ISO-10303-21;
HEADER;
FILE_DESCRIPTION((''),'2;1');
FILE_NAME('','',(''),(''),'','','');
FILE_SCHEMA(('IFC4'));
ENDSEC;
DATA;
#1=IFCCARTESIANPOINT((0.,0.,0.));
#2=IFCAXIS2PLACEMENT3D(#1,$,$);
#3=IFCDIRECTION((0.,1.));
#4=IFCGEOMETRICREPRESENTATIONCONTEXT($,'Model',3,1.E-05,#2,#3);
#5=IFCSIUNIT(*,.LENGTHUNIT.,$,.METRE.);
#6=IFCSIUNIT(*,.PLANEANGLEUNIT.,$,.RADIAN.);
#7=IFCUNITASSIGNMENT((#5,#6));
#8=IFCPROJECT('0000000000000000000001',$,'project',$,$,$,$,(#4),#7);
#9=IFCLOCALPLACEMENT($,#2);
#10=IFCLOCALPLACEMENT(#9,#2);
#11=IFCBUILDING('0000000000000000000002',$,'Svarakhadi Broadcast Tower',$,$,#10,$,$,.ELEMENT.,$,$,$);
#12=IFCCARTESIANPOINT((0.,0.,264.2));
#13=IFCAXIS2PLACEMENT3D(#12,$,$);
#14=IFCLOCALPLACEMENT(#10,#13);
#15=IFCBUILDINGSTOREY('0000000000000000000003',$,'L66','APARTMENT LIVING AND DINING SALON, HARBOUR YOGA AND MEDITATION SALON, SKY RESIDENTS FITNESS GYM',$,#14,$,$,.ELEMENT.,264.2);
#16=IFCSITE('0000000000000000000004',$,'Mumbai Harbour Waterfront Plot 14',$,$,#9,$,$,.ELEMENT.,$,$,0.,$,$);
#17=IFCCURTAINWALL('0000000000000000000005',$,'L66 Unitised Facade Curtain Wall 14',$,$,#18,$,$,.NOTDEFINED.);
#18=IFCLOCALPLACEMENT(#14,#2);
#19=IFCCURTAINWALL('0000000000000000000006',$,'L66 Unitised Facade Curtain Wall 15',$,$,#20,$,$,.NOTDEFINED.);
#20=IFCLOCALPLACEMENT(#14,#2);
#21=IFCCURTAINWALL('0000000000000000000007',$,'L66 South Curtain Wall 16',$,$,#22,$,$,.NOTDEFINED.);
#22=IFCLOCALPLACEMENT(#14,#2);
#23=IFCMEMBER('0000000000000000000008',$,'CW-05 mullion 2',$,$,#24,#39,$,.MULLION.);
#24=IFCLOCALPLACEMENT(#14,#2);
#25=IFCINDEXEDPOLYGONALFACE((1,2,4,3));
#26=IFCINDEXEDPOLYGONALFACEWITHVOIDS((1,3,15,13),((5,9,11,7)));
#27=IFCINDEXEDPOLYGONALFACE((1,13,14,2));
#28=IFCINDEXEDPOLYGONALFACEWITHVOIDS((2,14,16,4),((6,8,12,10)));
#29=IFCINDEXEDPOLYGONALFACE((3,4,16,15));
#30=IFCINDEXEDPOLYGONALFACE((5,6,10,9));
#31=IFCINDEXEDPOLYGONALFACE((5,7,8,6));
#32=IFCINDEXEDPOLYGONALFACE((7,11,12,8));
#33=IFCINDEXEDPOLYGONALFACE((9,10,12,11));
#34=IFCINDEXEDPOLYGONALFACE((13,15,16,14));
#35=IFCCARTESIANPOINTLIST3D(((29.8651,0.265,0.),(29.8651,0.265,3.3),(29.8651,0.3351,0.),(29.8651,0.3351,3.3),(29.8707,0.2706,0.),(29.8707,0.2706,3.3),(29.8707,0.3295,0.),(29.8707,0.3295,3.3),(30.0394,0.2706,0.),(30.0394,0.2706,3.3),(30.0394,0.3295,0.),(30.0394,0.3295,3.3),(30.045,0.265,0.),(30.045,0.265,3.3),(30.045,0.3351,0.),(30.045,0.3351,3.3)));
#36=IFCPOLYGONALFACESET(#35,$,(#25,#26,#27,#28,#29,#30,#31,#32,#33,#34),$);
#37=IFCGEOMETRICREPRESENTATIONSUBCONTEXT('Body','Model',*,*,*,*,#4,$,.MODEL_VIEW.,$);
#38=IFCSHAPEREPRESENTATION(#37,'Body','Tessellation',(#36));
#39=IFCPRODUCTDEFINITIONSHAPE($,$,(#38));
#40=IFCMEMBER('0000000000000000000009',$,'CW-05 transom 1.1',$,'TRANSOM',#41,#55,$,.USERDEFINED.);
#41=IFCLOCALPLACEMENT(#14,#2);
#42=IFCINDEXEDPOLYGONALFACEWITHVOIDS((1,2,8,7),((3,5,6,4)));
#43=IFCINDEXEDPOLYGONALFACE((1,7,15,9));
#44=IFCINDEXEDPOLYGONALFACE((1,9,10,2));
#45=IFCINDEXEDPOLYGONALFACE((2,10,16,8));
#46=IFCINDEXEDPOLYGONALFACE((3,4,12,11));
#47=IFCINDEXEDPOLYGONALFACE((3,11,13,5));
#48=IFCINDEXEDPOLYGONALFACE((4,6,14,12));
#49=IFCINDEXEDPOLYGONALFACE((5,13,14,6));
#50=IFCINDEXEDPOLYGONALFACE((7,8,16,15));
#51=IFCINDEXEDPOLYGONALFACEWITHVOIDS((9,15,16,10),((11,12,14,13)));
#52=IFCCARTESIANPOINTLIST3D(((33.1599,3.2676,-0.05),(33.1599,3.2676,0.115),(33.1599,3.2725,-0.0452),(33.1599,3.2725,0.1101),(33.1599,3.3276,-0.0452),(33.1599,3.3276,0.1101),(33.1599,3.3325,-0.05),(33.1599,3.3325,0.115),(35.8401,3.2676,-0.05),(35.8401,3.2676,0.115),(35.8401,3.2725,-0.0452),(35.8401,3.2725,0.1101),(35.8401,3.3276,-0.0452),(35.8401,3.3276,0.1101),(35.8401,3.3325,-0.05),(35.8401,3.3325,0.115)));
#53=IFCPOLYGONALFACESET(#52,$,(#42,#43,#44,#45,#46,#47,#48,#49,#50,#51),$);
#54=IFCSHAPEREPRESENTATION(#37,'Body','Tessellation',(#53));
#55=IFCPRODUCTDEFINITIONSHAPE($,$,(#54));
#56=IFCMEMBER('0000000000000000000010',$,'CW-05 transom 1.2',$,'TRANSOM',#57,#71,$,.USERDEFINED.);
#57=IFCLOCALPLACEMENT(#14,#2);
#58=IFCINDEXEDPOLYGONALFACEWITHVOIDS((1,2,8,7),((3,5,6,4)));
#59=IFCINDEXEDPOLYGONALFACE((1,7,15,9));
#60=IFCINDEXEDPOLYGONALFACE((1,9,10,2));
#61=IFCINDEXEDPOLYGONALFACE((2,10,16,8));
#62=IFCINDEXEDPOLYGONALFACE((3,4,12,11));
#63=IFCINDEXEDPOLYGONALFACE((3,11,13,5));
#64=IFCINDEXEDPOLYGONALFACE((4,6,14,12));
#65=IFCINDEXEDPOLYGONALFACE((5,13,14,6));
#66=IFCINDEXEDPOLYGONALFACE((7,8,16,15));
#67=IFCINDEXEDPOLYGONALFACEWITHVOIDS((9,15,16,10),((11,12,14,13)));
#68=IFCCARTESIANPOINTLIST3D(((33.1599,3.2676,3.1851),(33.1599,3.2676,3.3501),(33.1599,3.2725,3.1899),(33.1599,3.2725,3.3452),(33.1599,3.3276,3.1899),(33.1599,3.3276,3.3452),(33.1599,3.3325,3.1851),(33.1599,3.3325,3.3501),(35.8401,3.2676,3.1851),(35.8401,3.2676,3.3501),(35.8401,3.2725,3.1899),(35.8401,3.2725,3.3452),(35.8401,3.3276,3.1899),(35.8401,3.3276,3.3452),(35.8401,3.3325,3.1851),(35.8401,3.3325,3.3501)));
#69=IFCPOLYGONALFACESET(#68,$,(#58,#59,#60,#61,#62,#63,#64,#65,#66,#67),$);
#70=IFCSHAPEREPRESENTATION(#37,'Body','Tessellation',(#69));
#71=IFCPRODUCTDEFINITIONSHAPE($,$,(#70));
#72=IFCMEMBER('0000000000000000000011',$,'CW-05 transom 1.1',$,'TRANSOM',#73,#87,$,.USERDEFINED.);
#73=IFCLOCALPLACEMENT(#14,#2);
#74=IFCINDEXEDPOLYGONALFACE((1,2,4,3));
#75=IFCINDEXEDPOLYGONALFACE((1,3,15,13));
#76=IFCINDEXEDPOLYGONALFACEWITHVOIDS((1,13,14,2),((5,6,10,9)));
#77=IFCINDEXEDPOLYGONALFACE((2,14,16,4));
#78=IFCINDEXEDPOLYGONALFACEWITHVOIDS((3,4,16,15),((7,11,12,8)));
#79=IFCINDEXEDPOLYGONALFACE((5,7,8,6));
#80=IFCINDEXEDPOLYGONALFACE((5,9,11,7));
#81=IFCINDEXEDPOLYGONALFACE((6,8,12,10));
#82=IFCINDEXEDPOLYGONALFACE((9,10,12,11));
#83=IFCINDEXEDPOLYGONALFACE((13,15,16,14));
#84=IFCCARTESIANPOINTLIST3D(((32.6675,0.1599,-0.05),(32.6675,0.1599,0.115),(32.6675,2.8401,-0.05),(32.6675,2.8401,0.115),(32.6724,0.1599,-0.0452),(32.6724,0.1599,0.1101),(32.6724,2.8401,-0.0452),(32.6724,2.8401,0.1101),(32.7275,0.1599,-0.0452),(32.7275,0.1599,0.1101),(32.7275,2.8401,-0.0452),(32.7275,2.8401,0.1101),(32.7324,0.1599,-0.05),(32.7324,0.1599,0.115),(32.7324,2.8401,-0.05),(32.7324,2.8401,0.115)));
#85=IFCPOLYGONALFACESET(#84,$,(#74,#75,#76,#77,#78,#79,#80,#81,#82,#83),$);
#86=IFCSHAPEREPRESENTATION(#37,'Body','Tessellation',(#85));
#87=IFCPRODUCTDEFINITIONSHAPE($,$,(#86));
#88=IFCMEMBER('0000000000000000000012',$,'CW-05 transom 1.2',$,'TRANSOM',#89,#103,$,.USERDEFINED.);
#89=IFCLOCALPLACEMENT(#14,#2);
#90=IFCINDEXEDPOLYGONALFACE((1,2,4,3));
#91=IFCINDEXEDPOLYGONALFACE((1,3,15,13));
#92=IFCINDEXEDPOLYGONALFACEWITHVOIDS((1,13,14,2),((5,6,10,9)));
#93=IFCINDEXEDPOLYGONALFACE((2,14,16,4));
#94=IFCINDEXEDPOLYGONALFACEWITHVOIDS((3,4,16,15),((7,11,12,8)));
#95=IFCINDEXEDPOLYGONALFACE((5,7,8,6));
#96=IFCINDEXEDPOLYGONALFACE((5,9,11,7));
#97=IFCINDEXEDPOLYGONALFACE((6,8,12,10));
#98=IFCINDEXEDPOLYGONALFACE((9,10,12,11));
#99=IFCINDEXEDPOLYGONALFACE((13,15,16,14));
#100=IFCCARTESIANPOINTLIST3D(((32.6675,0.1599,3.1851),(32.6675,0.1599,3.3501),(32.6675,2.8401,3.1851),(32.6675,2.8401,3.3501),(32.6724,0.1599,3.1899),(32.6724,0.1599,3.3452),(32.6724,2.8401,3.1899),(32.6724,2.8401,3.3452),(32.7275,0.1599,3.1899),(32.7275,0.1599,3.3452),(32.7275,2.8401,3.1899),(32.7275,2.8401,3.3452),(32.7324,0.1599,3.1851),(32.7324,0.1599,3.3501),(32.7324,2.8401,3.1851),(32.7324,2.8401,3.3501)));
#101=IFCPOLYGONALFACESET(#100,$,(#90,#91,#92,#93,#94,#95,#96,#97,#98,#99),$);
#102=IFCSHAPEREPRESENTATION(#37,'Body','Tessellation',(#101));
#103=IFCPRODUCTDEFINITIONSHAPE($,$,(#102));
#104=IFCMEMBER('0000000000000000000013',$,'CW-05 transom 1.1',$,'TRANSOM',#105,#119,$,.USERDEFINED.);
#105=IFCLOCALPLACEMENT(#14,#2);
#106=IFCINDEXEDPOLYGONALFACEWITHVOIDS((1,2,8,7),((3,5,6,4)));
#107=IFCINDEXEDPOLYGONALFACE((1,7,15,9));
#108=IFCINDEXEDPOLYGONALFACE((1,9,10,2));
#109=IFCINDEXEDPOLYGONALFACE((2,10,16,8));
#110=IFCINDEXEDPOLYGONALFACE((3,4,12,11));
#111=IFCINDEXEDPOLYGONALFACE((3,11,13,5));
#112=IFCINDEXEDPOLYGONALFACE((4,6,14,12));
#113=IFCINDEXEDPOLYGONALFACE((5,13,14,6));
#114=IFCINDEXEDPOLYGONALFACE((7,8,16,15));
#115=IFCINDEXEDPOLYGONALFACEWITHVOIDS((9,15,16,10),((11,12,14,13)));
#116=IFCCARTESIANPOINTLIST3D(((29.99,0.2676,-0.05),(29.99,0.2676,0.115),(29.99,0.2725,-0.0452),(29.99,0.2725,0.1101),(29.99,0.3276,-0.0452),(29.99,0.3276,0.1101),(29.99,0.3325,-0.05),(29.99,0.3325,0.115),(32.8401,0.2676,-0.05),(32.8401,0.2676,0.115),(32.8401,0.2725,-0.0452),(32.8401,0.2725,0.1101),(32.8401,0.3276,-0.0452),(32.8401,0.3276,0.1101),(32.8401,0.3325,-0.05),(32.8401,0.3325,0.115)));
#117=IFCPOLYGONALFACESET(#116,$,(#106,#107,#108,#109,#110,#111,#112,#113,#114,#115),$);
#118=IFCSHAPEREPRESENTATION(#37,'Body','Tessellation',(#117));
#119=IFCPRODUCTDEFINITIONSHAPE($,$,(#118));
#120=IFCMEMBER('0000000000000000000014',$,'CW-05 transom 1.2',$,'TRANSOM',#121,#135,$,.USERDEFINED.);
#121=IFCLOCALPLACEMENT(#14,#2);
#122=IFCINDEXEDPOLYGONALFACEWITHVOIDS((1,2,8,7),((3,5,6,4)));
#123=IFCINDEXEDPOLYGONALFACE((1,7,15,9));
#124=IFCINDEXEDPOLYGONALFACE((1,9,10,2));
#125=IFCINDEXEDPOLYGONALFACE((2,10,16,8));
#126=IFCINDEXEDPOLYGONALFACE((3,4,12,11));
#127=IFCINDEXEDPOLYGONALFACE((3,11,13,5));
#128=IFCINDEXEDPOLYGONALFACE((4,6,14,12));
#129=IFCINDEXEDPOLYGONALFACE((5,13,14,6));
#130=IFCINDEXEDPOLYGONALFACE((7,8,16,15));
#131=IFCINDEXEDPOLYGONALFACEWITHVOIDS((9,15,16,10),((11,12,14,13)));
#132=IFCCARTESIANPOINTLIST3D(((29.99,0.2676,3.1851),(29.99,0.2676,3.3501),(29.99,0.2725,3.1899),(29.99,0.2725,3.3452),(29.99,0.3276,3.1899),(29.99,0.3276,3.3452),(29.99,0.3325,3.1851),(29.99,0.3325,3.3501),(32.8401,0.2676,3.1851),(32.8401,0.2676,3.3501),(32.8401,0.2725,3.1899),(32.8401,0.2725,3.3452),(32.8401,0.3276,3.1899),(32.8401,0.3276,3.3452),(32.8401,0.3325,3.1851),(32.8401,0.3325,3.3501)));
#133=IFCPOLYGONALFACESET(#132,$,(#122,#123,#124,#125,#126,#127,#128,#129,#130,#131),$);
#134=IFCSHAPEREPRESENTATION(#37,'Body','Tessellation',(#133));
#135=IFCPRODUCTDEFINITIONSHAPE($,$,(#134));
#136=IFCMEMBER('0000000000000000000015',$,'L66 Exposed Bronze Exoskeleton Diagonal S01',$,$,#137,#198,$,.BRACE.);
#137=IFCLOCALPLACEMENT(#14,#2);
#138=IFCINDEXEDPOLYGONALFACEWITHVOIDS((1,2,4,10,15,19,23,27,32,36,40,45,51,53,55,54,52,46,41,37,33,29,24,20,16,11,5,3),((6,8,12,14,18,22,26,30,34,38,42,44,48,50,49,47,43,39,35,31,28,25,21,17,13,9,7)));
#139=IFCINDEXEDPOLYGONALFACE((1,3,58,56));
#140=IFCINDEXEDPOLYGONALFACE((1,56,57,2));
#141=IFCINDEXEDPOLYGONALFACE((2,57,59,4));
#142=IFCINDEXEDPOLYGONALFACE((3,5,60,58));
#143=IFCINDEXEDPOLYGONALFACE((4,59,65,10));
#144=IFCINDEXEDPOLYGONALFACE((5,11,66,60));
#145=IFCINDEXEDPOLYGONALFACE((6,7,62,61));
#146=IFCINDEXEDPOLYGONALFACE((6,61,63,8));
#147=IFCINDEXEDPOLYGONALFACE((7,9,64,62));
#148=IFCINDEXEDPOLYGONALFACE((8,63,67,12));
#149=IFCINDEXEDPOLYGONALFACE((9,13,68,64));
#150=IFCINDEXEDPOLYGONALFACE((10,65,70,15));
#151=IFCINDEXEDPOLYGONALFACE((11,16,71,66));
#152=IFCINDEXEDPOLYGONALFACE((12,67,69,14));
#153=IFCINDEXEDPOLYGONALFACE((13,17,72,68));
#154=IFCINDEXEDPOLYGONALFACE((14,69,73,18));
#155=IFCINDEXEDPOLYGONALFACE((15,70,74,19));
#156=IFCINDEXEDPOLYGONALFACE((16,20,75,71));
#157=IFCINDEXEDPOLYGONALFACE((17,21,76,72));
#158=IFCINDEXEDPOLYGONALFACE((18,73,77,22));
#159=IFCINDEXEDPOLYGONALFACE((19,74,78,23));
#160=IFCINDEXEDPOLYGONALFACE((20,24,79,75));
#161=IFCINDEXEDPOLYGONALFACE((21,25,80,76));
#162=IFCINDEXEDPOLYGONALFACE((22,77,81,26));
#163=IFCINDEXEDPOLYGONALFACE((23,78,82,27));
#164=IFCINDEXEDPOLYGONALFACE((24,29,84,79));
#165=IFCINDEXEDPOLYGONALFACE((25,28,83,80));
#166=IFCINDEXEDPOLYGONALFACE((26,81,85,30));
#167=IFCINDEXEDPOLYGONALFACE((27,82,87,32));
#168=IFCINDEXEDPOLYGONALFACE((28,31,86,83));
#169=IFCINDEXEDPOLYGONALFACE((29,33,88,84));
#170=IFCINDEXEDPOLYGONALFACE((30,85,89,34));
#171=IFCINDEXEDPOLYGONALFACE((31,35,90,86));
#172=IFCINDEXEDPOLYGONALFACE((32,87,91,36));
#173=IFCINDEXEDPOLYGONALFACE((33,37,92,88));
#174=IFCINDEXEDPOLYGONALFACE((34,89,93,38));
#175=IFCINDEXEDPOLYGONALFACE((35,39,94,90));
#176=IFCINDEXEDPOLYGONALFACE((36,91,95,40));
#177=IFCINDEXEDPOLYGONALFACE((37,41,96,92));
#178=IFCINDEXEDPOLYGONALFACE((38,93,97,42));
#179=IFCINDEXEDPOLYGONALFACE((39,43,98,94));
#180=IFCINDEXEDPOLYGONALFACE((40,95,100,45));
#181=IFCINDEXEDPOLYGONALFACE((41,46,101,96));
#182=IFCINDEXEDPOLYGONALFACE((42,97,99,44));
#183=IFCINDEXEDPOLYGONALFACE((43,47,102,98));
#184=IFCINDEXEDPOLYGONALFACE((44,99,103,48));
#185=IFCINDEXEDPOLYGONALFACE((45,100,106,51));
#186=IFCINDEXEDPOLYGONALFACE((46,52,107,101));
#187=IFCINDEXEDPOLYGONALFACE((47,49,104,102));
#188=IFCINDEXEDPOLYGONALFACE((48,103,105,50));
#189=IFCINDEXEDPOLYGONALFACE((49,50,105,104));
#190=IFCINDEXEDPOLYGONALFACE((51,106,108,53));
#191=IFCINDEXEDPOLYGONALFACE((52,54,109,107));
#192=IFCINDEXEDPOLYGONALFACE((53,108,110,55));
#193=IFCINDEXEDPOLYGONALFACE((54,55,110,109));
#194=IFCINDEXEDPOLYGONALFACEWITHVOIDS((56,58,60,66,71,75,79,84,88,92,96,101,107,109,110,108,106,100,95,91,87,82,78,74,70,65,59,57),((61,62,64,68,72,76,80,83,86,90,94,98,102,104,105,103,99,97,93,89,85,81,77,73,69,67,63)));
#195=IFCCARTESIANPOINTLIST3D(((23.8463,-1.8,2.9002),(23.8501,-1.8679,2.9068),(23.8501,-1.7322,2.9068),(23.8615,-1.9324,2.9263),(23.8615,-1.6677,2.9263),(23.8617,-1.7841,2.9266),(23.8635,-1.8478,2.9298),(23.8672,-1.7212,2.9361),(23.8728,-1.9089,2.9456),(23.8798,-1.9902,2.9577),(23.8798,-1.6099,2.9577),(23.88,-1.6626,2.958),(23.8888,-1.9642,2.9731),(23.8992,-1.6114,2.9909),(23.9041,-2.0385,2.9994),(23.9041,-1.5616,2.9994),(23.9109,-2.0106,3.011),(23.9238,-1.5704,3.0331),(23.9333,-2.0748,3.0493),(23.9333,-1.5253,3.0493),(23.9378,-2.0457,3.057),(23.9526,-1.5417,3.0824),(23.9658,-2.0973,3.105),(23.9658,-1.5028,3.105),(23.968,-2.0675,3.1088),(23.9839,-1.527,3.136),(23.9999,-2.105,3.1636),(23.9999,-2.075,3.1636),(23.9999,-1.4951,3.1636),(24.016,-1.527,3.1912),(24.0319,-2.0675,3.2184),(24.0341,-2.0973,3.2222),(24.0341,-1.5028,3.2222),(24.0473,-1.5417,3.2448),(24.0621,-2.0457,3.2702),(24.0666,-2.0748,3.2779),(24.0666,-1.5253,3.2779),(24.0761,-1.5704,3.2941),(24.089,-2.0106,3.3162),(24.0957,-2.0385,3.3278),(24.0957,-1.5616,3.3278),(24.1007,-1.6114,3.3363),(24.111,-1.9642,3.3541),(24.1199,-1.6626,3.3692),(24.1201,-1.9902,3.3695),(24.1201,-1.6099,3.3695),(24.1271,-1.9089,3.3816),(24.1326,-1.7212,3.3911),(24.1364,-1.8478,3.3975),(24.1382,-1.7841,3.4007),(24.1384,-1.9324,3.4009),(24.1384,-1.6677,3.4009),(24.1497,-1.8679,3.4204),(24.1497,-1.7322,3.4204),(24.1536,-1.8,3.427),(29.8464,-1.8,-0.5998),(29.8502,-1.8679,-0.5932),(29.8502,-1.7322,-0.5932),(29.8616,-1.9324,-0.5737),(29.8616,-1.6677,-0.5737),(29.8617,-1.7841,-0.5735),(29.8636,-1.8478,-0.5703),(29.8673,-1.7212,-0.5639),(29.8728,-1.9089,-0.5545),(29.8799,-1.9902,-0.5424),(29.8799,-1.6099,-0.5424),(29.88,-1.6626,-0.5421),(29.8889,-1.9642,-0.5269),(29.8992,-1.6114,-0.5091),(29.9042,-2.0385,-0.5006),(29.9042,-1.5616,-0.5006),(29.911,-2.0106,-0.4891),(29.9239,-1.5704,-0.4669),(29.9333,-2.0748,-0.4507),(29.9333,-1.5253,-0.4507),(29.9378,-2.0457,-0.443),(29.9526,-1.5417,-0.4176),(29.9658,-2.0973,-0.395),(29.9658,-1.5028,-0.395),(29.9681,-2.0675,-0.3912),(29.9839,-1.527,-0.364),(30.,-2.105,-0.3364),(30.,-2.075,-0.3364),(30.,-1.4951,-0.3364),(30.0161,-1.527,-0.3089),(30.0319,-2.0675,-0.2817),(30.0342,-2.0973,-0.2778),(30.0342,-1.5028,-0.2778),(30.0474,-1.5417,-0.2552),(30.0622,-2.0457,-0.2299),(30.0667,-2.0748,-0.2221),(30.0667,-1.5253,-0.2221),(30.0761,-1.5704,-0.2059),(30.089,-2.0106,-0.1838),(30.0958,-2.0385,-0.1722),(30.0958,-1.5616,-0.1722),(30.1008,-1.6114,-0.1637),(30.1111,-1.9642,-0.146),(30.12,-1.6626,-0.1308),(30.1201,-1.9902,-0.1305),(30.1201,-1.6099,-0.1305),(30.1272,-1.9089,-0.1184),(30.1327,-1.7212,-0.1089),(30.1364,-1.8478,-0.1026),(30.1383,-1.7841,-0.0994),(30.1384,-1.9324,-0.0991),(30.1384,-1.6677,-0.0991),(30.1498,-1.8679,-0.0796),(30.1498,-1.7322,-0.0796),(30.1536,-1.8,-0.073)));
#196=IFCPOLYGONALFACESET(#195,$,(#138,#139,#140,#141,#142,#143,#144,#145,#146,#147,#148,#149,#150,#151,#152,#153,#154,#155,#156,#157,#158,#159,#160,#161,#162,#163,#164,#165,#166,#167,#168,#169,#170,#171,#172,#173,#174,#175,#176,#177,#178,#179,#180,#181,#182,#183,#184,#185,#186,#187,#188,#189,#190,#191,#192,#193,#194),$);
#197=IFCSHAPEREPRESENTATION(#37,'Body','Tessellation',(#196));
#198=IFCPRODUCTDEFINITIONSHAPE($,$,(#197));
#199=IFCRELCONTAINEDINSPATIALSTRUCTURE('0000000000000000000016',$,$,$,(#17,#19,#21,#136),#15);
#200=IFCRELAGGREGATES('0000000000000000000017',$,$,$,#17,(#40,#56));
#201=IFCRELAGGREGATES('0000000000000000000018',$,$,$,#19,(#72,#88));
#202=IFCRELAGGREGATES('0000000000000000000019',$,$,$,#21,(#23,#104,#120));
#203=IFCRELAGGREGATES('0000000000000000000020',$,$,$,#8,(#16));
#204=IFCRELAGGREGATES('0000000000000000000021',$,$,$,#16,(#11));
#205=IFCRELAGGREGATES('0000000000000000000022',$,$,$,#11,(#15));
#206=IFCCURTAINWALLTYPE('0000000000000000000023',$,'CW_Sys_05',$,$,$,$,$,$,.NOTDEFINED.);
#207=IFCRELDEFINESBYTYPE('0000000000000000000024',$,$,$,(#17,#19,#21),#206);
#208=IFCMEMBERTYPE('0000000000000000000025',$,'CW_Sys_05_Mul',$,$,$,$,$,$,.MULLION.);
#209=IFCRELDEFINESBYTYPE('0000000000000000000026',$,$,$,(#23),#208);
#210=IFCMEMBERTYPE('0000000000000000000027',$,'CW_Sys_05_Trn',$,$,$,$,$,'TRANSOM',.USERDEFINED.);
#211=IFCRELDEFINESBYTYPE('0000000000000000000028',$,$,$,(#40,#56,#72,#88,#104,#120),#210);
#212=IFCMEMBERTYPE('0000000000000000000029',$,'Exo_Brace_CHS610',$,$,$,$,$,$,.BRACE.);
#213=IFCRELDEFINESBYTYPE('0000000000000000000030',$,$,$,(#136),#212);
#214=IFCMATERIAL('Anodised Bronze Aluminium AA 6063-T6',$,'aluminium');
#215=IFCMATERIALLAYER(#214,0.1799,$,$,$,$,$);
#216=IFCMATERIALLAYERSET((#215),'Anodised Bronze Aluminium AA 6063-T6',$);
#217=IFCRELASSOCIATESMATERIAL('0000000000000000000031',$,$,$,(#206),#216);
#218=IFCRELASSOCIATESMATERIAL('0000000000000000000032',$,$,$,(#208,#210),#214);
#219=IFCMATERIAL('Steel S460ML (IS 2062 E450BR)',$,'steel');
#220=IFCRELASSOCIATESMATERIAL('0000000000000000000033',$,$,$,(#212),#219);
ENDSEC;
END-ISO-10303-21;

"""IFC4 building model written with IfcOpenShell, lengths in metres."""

from ifc_helpers import new_model, si_unit, direction, frame, origin, origin_2d, place, context, subcontext, project, spatial, hollow_rectangle, hollow_circle, extrude, material, layer, layer_set, material_profile, profile_set, type_object, element, aggregate, save


model = new_model("IFC4")

# Units and contexts
model_context = context("Model", 3, precision=1e-05, world=origin(), true_north=direction((0.0, 1.0)))
body_context = subcontext(model_context, "Body", "Model", "MODEL_VIEW")
ifc_project = project(units=[si_unit("LENGTHUNIT", "METRE"), si_unit("PLANEANGLEUNIT", "RADIAN")], contexts=[model_context])

# Site, building, storey
site_placement = place(None, origin())
site = spatial("IfcSite", under=ifc_project, at=site_placement, Name="Mumbai Harbour Waterfront Plot 14", CompositionType="ELEMENT", RefElevation=0.0)
building_placement = place(site_placement, origin())
building = spatial("IfcBuilding", under=site, at=building_placement, Name="Svarakhadi Broadcast Tower", CompositionType="ELEMENT")
storey_placement = place(building_placement, frame((0.0, 0.0, 264.2)))
storey = spatial("IfcBuildingStorey", under=building, at=storey_placement, Name="L66", Description="APARTMENT LIVING AND DINING SALON, HARBOUR YOGA AND MEDITATION SALON, SKY RESIDENTS FITNESS GYM", CompositionType="ELEMENT", Elevation=264.2)

# Shared definitions
ifc_material_1 = material(Name="Steel S460ML (IS 2062 E450BR)", Category="steel")

# Shared definitions
ifc_material_2 = material(Name="Anodised Bronze Aluminium AA 6063-T6", Category="aluminium")
ifc_layer_1 = layer(ifc_material_2, 0.1799)
ifc_layer_set_1 = layer_set([ifc_layer_1], Name="Anodised Bronze Aluminium AA 6063-T6")
curtain_wall_type = type_object("IfcCurtainWallType", Name="CW_Sys_05", PredefinedType="NOTDEFINED", material=ifc_layer_set_1)
ifc_material_profile_1 = material_profile(ifc_material_2, hollow_rectangle(XDim=0.0701, YDim=0.1799, WallThickness=0.0056, at=origin_2d()), Name="ALU MULLION 180x70x6")
ifc_profile_set_1 = profile_set([ifc_material_profile_1], Name="Anodised Bronze Aluminium AA 6063-T6")
member_type_1 = type_object("IfcMemberType", Name="CW_Sys_05_Mul", PredefinedType="MULLION", material=ifc_profile_set_1)

# Curtain walls, member
curtain_wall_1_placement = place(storey_placement, origin())
curtain_wall_1 = element("IfcCurtainWall", 1, at=curtain_wall_1_placement, inside=storey, type_object=curtain_wall_type, Name="L66 Unitised Facade Curtain Wall 14", PredefinedType="NOTDEFINED")
curtain_wall_2_placement = place(storey_placement, origin())
curtain_wall_2 = element("IfcCurtainWall", 2, at=curtain_wall_2_placement, inside=storey, type_object=curtain_wall_type, Name="L66 Unitised Facade Curtain Wall 15", PredefinedType="NOTDEFINED")
curtain_wall_3_placement = place(storey_placement, origin())
curtain_wall_3 = element("IfcCurtainWall", 3, at=curtain_wall_3_placement, inside=storey, type_object=curtain_wall_type, Name="L66 South Curtain Wall 16", PredefinedType="NOTDEFINED")
member_1_placement = place(storey_placement, frame((29.9551, 0.3, 0.0), z_axis=(0.0, 0.0, 1.0), x_axis=(0.0, -1.0, 0.0)))
member_1 = element("IfcMember", 4, at=member_1_placement, type_object=member_type_1, Name="CW-05 mullion 2", PredefinedType="MULLION", context=body_context, shape_type="SweptSolid", body=[
    extrude(hollow_rectangle(XDim=0.0701, YDim=0.1799, WallThickness=0.0056, at=origin_2d()), origin(), (0.0, 0.0, 1.0), 3.3),
])

# Members
ifc_material_profile_2 = material_profile(ifc_material_2, hollow_rectangle(XDim=0.0649, YDim=0.165, WallThickness=0.0049, at=origin_2d()), Name="ALU TRANSOM 165x65x5")
ifc_profile_set_2 = profile_set([ifc_material_profile_2], Name="Anodised Bronze Aluminium AA 6063-T6")
member_type_2 = type_object("IfcMemberType", Name="CW_Sys_05_Trn", ElementType="TRANSOM", PredefinedType="USERDEFINED", material=ifc_profile_set_2)
member_2_placement = place(storey_placement, frame((35.8401, 3.3, 0.0325), z_axis=(-1.0, 0.0, 0.0), x_axis=(0.0, -1.0, 0.0)))
member_2 = element("IfcMember", 5, at=member_2_placement, type_object=member_type_2, Name="CW-05 transom 1.1", ObjectType="TRANSOM", PredefinedType="USERDEFINED", context=body_context, shape_type="SweptSolid", body=[
    extrude(hollow_rectangle(XDim=0.0649, YDim=0.165, WallThickness=0.0049, at=origin_2d()), origin(), (0.0, 0.0, 1.0), 2.6802),
])
member_3_placement = place(storey_placement, frame((35.8401, 3.3, 3.2676), z_axis=(-1.0, 0.0, 0.0), x_axis=(0.0, -1.0, 0.0)))
member_3 = element("IfcMember", 6, at=member_3_placement, type_object=member_type_2, Name="CW-05 transom 1.2", ObjectType="TRANSOM", PredefinedType="USERDEFINED", context=body_context, shape_type="SweptSolid", body=[
    extrude(hollow_rectangle(XDim=0.0649, YDim=0.165, WallThickness=0.0049, at=origin_2d()), origin(), (0.0, 0.0, 1.0), 2.6802),
])
member_4_placement = place(storey_placement, frame((32.7, 2.8401, 0.0325), z_axis=(0.0, -1.0, 0.0), x_axis=(1.0, 0.0, 0.0)))
member_4 = element("IfcMember", 7, at=member_4_placement, type_object=member_type_2, Name="CW-05 transom 1.1", ObjectType="TRANSOM", PredefinedType="USERDEFINED", context=body_context, shape_type="SweptSolid", body=[
    extrude(hollow_rectangle(XDim=0.0649, YDim=0.165, WallThickness=0.0049, at=origin_2d()), origin(), (0.0, 0.0, 1.0), 2.6802),
])
member_5_placement = place(storey_placement, frame((32.7, 2.8401, 3.2676), z_axis=(0.0, -1.0, 0.0), x_axis=(1.0, 0.0, 0.0)))
member_5 = element("IfcMember", 8, at=member_5_placement, type_object=member_type_2, Name="CW-05 transom 1.2", ObjectType="TRANSOM", PredefinedType="USERDEFINED", context=body_context, shape_type="SweptSolid", body=[
    extrude(hollow_rectangle(XDim=0.0649, YDim=0.165, WallThickness=0.0049, at=origin_2d()), origin(), (0.0, 0.0, 1.0), 2.6802),
])
member_6_placement = place(storey_placement, frame((32.8401, 0.3, 0.0325), z_axis=(-1.0, 0.0, 0.0), x_axis=(0.0, -1.0, 0.0)))
member_6 = element("IfcMember", 9, at=member_6_placement, type_object=member_type_2, Name="CW-05 transom 1.1", ObjectType="TRANSOM", PredefinedType="USERDEFINED", context=body_context, shape_type="SweptSolid", body=[
    extrude(hollow_rectangle(XDim=0.0649, YDim=0.165, WallThickness=0.0049, at=origin_2d()), origin(), (0.0, 0.0, 1.0), 2.8501),
])
member_7_placement = place(storey_placement, frame((32.8401, 0.3, 3.2676), z_axis=(-1.0, 0.0, 0.0), x_axis=(0.0, -1.0, 0.0)))
member_7 = element("IfcMember", 10, at=member_7_placement, type_object=member_type_2, Name="CW-05 transom 1.2", ObjectType="TRANSOM", PredefinedType="USERDEFINED", context=body_context, shape_type="SweptSolid", body=[
    extrude(hollow_rectangle(XDim=0.0649, YDim=0.165, WallThickness=0.0049, at=origin_2d()), origin(), (0.0, 0.0, 1.0), 2.8501),
])

# Member
ifc_material_profile_3 = material_profile(ifc_material_1, hollow_circle(Radius=0.3049, WallThickness=0.03, at=origin_2d()), Name="CHS 610x30")
ifc_profile_set_3 = profile_set([ifc_material_profile_3], Name="Steel S460ML (IS 2062 E450BR)")
member_type_3 = type_object("IfcMemberType", Name="Exo_Brace_CHS610", PredefinedType="BRACE", material=ifc_profile_set_3)
member_8_placement = place(storey_placement, frame((30.0, -1.8, -0.3364), z_axis=(-0.863779, 0.0, 0.503871), x_axis=(0.0, -1.0, 0.0)))
element("IfcMember", 11, at=member_8_placement, inside=storey, type_object=member_type_3, Name="L66 Exposed Bronze Exoskeleton Diagonal S01", PredefinedType="BRACE", context=body_context, shape_type="SweptSolid", body=[
    extrude(hollow_circle(Radius=0.3049, WallThickness=0.03, at=origin_2d()), origin(), (0.0, 0.0, 1.0), 6.9463),
])

aggregate(curtain_wall_1, [member_2, member_3])
aggregate(curtain_wall_2, [member_4, member_5])
aggregate(curtain_wall_3, [member_1, member_6, member_7])

save(model, "model.ifc")
